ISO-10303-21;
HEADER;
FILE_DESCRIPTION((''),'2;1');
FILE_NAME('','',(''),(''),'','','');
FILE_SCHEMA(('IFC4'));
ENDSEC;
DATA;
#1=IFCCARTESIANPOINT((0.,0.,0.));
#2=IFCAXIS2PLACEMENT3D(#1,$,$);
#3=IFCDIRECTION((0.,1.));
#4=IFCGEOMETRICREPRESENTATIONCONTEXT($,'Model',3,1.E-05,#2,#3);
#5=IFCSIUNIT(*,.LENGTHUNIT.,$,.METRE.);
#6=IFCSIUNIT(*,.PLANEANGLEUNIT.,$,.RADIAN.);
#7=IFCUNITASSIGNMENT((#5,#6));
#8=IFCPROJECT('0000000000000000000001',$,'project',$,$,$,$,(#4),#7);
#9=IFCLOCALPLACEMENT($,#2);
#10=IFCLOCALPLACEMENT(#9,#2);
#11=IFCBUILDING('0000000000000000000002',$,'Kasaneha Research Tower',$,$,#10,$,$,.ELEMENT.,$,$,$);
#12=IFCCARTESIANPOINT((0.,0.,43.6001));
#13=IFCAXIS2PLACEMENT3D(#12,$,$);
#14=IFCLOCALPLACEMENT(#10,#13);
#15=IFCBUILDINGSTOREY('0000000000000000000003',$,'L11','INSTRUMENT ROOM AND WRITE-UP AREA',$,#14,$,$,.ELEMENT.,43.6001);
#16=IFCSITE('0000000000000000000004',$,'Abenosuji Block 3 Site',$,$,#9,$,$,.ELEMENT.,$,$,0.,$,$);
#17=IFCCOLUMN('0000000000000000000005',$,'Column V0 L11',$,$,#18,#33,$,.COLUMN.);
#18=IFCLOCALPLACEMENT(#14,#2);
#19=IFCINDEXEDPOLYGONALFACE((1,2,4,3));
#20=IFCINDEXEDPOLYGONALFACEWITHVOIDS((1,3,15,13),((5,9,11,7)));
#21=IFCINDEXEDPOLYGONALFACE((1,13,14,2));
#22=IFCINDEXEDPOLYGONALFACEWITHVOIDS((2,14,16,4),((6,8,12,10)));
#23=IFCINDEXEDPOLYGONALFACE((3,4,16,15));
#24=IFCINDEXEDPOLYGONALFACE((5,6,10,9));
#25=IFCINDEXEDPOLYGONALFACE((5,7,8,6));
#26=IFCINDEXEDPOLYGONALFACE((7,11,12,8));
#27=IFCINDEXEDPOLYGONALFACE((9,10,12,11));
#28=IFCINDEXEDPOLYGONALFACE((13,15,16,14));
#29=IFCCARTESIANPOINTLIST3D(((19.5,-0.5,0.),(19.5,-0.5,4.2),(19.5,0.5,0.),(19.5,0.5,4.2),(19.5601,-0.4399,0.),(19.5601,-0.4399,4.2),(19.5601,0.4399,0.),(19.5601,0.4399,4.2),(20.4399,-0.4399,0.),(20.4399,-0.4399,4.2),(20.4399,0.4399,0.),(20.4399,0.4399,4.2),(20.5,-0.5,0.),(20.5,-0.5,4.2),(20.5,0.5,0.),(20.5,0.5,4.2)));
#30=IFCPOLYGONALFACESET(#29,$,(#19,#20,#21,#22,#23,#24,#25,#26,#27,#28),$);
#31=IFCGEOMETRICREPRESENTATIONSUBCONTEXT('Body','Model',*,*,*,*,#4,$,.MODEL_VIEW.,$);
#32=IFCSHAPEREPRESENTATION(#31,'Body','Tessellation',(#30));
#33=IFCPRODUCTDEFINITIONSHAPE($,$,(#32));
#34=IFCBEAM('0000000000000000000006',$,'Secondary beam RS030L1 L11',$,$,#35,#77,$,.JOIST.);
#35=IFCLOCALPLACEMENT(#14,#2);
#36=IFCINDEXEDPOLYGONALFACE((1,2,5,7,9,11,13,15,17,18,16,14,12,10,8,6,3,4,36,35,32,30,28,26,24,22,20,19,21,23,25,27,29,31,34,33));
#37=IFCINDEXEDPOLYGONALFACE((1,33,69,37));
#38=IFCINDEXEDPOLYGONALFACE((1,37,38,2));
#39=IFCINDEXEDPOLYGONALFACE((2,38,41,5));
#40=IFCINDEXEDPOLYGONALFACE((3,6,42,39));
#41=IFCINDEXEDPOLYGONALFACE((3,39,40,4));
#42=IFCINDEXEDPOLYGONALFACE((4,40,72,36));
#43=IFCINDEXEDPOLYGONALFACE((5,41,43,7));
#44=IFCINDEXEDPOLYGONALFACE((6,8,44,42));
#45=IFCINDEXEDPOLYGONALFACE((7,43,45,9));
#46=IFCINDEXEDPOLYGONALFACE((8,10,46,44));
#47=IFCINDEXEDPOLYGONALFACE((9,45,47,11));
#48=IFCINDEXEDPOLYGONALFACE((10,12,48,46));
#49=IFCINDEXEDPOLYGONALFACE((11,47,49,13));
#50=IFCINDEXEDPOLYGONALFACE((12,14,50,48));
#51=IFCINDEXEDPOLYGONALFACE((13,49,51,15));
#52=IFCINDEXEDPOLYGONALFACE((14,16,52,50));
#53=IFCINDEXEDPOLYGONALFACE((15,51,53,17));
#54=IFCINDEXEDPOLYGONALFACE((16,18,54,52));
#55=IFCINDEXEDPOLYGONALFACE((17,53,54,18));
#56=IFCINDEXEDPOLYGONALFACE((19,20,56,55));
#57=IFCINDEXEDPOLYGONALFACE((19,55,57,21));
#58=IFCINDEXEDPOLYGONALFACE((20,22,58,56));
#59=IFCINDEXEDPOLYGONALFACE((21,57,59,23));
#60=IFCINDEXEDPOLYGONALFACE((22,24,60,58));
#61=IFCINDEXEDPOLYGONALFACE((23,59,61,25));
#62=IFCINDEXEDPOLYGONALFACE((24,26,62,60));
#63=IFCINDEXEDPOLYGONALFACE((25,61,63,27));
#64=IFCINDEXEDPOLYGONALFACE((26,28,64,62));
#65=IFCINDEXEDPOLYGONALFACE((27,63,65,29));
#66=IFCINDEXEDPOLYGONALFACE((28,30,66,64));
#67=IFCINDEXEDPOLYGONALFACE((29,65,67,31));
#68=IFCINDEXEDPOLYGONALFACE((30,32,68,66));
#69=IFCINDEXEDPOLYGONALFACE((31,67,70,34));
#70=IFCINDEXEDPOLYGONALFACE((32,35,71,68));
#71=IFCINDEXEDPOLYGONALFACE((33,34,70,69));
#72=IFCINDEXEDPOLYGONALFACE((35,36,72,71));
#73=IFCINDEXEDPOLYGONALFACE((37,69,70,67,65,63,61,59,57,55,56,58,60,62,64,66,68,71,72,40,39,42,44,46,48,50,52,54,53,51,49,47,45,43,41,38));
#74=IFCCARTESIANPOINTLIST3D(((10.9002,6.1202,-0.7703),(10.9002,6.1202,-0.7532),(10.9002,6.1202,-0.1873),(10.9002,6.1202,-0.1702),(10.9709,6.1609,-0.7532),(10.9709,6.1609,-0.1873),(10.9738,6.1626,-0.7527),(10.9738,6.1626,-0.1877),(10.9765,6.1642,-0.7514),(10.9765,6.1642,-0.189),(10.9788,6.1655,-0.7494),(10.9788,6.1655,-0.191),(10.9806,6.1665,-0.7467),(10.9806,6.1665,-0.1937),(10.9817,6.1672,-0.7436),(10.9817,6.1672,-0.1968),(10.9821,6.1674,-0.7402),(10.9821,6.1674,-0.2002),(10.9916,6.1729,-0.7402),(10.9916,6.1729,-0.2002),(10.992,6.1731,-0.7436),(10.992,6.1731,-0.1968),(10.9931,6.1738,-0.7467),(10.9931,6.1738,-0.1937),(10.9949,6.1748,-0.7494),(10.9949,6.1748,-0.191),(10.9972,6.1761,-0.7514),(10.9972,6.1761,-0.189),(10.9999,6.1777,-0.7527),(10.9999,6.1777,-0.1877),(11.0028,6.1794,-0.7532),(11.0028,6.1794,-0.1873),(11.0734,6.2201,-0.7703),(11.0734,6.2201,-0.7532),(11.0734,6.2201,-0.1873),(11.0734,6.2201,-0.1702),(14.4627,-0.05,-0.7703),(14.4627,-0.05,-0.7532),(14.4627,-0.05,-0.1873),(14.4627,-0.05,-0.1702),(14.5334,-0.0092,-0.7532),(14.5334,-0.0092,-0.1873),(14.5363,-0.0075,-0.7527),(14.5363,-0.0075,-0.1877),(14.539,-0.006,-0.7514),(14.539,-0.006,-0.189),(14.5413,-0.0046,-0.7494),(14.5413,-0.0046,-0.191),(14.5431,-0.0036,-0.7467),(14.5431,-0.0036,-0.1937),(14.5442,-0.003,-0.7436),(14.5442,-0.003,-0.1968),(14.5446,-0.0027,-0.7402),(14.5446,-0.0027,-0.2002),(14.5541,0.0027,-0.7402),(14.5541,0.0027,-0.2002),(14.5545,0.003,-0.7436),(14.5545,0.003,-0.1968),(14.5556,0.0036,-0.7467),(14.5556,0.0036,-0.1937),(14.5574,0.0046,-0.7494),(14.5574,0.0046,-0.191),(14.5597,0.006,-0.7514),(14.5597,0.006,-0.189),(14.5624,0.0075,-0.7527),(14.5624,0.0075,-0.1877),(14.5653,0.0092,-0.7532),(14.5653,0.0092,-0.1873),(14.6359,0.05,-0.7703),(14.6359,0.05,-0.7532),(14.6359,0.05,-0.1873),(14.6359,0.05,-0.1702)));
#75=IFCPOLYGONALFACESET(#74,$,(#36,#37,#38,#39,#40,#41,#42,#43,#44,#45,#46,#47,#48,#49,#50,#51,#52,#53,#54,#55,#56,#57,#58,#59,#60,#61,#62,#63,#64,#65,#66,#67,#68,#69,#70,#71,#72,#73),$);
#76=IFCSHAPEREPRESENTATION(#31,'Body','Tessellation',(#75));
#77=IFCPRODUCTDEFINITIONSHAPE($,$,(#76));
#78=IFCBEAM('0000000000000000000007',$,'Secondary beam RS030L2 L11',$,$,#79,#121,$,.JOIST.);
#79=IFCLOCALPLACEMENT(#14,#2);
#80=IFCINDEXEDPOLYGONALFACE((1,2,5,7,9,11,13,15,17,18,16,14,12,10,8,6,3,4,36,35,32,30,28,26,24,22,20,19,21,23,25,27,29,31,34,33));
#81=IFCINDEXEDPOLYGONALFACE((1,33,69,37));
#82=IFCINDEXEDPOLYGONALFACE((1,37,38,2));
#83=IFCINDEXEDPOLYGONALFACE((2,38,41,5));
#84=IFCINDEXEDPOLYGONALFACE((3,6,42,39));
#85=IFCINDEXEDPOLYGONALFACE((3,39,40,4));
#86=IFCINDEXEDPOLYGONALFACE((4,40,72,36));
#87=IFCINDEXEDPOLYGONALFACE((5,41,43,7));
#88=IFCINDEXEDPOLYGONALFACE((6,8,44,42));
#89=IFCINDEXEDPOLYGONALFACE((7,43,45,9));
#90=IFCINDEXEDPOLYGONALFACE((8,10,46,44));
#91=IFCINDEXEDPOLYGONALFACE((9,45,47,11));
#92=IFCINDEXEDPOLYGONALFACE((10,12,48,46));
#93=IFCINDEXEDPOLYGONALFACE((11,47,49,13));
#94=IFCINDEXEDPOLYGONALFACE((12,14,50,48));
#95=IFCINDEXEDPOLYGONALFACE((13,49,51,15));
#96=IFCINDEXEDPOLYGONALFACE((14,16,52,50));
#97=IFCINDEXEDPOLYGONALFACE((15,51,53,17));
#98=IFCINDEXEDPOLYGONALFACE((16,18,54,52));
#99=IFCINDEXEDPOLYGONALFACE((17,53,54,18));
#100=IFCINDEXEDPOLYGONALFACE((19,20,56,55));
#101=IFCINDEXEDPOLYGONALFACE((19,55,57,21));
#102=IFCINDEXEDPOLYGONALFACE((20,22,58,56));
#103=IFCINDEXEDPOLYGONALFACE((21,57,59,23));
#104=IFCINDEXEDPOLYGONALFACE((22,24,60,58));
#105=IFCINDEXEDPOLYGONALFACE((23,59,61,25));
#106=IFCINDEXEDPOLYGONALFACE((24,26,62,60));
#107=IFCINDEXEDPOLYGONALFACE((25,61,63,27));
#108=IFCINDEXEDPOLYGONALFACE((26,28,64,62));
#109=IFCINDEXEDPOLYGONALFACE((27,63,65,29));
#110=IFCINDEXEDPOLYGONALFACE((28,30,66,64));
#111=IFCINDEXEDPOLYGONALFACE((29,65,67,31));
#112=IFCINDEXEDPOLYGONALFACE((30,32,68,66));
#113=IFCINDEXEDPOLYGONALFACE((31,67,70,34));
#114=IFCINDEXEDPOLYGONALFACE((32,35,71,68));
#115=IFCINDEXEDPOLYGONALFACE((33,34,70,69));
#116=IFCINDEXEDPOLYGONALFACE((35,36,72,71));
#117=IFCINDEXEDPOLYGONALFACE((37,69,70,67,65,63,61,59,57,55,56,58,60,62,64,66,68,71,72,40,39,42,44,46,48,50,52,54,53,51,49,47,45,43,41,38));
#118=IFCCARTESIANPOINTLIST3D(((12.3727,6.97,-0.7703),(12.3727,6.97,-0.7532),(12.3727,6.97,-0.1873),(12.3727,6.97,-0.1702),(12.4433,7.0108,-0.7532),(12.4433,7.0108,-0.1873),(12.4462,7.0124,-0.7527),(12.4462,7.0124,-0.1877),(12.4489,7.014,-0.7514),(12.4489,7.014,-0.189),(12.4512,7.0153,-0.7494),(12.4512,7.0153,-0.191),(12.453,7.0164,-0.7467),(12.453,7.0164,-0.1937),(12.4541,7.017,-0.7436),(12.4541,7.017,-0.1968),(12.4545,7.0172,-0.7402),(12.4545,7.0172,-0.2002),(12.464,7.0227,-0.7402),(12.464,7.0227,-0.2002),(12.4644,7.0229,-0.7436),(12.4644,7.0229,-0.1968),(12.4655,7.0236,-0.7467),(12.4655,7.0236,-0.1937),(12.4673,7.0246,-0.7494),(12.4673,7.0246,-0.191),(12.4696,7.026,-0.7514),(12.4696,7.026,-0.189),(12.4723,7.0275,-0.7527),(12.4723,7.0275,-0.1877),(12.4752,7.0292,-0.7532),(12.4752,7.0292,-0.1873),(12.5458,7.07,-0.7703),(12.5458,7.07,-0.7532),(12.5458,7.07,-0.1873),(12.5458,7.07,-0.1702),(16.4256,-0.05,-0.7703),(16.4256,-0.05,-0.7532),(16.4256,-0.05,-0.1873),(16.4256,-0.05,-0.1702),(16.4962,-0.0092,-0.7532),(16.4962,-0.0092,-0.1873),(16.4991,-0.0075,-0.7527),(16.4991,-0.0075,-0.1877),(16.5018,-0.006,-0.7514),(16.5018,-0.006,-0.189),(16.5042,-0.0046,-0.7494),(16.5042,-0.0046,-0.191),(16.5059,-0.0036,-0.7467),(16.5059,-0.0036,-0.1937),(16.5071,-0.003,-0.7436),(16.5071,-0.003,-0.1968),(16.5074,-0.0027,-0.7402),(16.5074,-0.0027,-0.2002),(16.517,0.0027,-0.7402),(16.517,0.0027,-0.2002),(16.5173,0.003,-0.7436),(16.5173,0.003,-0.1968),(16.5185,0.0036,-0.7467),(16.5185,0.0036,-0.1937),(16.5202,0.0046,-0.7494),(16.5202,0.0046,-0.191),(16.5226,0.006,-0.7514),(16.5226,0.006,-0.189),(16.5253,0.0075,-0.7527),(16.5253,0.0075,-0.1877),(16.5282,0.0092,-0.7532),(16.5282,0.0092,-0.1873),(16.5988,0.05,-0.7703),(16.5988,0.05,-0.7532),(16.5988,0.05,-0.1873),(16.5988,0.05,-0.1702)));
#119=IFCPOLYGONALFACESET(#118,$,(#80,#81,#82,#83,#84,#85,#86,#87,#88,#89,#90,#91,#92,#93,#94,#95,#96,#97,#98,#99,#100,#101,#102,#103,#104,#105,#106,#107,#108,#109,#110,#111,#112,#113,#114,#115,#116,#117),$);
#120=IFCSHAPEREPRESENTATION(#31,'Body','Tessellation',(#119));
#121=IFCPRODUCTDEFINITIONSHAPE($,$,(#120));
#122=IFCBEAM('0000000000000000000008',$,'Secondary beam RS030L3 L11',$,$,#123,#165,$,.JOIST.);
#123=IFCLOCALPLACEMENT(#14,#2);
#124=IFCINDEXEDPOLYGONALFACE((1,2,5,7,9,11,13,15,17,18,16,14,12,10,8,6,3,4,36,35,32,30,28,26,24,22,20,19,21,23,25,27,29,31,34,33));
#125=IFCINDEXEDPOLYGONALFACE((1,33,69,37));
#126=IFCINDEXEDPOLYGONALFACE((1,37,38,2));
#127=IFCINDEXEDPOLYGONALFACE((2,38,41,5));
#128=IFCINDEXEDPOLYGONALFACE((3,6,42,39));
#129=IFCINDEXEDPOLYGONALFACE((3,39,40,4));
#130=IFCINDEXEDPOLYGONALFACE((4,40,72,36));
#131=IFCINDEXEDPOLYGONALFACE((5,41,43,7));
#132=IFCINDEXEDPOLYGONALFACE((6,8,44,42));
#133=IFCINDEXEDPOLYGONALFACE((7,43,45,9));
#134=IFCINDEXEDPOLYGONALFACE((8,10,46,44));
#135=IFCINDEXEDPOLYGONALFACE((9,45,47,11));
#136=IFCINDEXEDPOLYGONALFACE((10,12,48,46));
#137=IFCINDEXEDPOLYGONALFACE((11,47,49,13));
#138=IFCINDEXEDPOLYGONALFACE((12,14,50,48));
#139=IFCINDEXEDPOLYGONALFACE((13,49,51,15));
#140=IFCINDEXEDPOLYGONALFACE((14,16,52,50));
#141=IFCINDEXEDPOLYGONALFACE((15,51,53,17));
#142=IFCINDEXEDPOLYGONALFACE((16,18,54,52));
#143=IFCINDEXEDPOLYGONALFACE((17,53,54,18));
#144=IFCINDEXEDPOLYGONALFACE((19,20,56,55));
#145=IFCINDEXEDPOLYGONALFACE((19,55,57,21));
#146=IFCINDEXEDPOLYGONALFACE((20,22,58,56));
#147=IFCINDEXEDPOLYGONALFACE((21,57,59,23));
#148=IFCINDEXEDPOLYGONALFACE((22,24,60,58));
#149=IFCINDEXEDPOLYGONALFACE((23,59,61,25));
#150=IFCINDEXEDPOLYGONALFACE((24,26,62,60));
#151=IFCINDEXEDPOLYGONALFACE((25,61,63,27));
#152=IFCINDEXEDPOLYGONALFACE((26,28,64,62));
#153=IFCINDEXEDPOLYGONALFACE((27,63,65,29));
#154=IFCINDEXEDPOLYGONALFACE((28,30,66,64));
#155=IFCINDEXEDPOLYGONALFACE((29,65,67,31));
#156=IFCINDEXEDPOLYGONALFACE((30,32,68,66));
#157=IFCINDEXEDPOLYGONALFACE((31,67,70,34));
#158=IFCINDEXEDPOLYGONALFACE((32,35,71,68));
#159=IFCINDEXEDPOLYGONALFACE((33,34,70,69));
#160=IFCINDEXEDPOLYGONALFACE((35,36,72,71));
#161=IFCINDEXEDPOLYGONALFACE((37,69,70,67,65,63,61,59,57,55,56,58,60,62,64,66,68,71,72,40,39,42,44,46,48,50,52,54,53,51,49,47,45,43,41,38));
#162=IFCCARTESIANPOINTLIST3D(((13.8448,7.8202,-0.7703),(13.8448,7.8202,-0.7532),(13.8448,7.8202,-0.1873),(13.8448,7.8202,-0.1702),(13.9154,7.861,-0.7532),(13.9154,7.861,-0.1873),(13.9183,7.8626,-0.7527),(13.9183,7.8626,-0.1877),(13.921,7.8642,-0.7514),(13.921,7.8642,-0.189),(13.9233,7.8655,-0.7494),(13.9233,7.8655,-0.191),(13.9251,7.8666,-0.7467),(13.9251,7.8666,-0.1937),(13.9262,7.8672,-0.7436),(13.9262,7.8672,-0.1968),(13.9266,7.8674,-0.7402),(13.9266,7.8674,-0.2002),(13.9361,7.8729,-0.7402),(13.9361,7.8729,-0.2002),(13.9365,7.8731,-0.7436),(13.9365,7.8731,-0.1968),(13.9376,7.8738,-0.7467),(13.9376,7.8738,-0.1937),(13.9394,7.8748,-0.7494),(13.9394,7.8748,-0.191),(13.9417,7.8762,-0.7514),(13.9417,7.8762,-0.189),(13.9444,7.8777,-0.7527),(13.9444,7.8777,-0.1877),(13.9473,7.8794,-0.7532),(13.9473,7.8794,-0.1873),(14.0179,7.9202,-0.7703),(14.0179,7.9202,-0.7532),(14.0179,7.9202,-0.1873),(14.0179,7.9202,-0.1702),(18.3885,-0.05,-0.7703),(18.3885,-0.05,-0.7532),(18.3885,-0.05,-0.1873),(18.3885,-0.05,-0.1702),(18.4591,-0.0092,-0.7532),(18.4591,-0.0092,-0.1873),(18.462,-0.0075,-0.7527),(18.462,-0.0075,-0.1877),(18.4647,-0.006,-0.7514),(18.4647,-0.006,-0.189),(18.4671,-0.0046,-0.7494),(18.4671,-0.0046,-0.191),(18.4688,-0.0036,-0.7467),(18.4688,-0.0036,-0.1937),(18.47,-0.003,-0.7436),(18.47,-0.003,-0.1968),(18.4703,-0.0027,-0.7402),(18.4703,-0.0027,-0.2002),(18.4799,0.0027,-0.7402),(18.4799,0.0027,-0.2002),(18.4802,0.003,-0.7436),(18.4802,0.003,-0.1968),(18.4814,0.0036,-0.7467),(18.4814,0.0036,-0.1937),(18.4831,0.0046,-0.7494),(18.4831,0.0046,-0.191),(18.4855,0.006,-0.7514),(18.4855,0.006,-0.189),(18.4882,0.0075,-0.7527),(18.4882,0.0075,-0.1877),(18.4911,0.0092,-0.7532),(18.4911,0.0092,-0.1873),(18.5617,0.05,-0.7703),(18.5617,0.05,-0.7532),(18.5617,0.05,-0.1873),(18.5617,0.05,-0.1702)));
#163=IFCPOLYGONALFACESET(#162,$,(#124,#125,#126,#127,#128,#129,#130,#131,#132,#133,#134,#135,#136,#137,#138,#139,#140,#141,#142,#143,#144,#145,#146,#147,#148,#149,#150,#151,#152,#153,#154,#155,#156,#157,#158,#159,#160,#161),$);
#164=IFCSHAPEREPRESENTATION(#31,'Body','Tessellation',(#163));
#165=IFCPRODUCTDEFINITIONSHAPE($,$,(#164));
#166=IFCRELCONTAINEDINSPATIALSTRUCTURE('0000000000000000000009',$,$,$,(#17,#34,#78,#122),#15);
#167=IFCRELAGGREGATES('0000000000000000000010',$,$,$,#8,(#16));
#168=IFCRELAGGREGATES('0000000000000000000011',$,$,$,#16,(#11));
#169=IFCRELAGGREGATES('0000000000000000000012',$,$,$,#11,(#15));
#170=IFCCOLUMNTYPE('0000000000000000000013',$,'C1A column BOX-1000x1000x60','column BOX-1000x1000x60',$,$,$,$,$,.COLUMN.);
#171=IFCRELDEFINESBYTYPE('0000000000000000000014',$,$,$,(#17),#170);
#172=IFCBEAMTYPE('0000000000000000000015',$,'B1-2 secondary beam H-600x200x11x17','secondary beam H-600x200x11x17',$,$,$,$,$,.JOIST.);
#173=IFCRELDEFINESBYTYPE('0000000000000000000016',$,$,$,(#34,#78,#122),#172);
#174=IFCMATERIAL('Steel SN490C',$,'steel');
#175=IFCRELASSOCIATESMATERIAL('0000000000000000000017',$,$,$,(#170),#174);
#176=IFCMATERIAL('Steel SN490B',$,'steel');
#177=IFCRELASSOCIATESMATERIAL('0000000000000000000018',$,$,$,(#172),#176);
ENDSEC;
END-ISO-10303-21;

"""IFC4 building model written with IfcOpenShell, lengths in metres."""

from ifc_helpers import new_model, si_unit, direction, frame, origin, origin_2d, place, context, subcontext, project, spatial, hollow_rectangle, i_section, extrude, material, material_profile, profile_set, type_object, element, save


model = new_model("IFC4")

# Units and contexts
model_context = context("Model", 3, precision=1e-05, world=origin(), true_north=direction((0.0, 1.0)))
body_context = subcontext(model_context, "Body", "Model", "MODEL_VIEW")
ifc_project = project(units=[si_unit("LENGTHUNIT", "METRE"), si_unit("PLANEANGLEUNIT", "RADIAN")], contexts=[model_context])

# Site, building, storey
site_placement = place(None, origin())
site = spatial("IfcSite", under=ifc_project, at=site_placement, Name="Abenosuji Block 3 Site", CompositionType="ELEMENT", RefElevation=0.0)
building_placement = place(site_placement, origin())
building = spatial("IfcBuilding", under=site, at=building_placement, Name="Kasaneha Research Tower", CompositionType="ELEMENT")
storey_placement = place(building_placement, frame((0.0, 0.0, 43.6001)))
storey = spatial("IfcBuildingStorey", under=building, at=storey_placement, Name="L11", Description="INSTRUMENT ROOM AND WRITE-UP AREA", CompositionType="ELEMENT", Elevation=43.6001)

# Column
ifc_material_1 = material(Name="Steel SN490C", Category="steel")
ifc_material_profile_1 = material_profile(ifc_material_1, hollow_rectangle(XDim=1.0, YDim=1.0, WallThickness=0.0601, at=origin_2d()), Name="BOX-1000x1000x60")
ifc_profile_set_1 = profile_set([ifc_material_profile_1], Name="Steel SN490C")
column_type = type_object("IfcColumnType", Name="C1A column BOX-1000x1000x60", Description="column BOX-1000x1000x60", PredefinedType="COLUMN", material=ifc_profile_set_1)
column_placement = place(storey_placement, frame((20.0, 0.0, 0.0), z_axis=(0.0, 0.0, 1.0), x_axis=(1.0, 0.0, 0.0)))
element("IfcColumn", 1, at=column_placement, inside=storey, type_object=column_type, Name="Column V0 L11", PredefinedType="COLUMN", context=body_context, shape_type="SweptSolid", body=[
    extrude(hollow_rectangle(XDim=1.0, YDim=1.0, WallThickness=0.0601, at=origin_2d()), origin(), (0.0, 0.0, 1.0), 4.2),
])

# Beams
ifc_material_2 = material(Name="Steel SN490B", Category="steel")
ifc_material_profile_2 = material_profile(ifc_material_2, i_section(OverallWidth=0.2, OverallDepth=0.6001, WebThickness=0.011, FlangeThickness=0.0171, FilletRadius=0.0129, at=origin_2d()), Name="H-600x200x11x17")
ifc_profile_set_2 = profile_set([ifc_material_profile_2], Name="Steel SN490B")
beam_type_1 = type_object("IfcBeamType", Name="B1-2 secondary beam H-600x200x11x17", Description="secondary beam H-600x200x11x17", PredefinedType="JOIST", material=ifc_profile_set_2)
beam_1_placement = place(storey_placement, frame((14.5493, 0.0, -0.4702), z_axis=(-0.500016, 0.866016, 0.0), x_axis=(-0.866016, -0.500016, 0.0)))
element("IfcBeam", 2, at=beam_1_placement, inside=storey, type_object=beam_type_1, Name="Secondary beam RS030L1 L11", PredefinedType="JOIST", context=body_context, shape_type="SweptSolid", body=[
    extrude(i_section(OverallWidth=0.2, OverallDepth=0.6001, WebThickness=0.011, FlangeThickness=0.0171, FilletRadius=0.0129, at=origin_2d()), origin(), (0.0, 0.0, 1.0), 7.1248),
])
beam_2_placement = place(storey_placement, frame((16.5122, 0.0, -0.4702), z_axis=(-0.499997, 0.866027, 0.0), x_axis=(-0.866027, -0.499997, 0.0)))
element("IfcBeam", 3, at=beam_2_placement, inside=storey, type_object=beam_type_1, Name="Secondary beam RS030L2 L11", PredefinedType="JOIST", context=body_context, shape_type="SweptSolid", body=[
    extrude(i_section(OverallWidth=0.2, OverallDepth=0.6001, WebThickness=0.011, FlangeThickness=0.0171, FilletRadius=0.0129, at=origin_2d()), origin(), (0.0, 0.0, 1.0), 8.106),
])
beam_3_placement = place(storey_placement, frame((18.4751, 0.0, -0.4702), z_axis=(-0.499991, 0.866031, 0.0), x_axis=(-0.866031, -0.499991, 0.0)))
element("IfcBeam", 4, at=beam_3_placement, inside=storey, type_object=beam_type_1, Name="Secondary beam RS030L3 L11", PredefinedType="JOIST", context=body_context, shape_type="SweptSolid", body=[
    extrude(i_section(OverallWidth=0.2, OverallDepth=0.6001, WebThickness=0.011, FlangeThickness=0.0171, FilletRadius=0.0129, at=origin_2d()), origin(), (0.0, 0.0, 1.0), 9.0876),
])

save(model, "model.ifc")
